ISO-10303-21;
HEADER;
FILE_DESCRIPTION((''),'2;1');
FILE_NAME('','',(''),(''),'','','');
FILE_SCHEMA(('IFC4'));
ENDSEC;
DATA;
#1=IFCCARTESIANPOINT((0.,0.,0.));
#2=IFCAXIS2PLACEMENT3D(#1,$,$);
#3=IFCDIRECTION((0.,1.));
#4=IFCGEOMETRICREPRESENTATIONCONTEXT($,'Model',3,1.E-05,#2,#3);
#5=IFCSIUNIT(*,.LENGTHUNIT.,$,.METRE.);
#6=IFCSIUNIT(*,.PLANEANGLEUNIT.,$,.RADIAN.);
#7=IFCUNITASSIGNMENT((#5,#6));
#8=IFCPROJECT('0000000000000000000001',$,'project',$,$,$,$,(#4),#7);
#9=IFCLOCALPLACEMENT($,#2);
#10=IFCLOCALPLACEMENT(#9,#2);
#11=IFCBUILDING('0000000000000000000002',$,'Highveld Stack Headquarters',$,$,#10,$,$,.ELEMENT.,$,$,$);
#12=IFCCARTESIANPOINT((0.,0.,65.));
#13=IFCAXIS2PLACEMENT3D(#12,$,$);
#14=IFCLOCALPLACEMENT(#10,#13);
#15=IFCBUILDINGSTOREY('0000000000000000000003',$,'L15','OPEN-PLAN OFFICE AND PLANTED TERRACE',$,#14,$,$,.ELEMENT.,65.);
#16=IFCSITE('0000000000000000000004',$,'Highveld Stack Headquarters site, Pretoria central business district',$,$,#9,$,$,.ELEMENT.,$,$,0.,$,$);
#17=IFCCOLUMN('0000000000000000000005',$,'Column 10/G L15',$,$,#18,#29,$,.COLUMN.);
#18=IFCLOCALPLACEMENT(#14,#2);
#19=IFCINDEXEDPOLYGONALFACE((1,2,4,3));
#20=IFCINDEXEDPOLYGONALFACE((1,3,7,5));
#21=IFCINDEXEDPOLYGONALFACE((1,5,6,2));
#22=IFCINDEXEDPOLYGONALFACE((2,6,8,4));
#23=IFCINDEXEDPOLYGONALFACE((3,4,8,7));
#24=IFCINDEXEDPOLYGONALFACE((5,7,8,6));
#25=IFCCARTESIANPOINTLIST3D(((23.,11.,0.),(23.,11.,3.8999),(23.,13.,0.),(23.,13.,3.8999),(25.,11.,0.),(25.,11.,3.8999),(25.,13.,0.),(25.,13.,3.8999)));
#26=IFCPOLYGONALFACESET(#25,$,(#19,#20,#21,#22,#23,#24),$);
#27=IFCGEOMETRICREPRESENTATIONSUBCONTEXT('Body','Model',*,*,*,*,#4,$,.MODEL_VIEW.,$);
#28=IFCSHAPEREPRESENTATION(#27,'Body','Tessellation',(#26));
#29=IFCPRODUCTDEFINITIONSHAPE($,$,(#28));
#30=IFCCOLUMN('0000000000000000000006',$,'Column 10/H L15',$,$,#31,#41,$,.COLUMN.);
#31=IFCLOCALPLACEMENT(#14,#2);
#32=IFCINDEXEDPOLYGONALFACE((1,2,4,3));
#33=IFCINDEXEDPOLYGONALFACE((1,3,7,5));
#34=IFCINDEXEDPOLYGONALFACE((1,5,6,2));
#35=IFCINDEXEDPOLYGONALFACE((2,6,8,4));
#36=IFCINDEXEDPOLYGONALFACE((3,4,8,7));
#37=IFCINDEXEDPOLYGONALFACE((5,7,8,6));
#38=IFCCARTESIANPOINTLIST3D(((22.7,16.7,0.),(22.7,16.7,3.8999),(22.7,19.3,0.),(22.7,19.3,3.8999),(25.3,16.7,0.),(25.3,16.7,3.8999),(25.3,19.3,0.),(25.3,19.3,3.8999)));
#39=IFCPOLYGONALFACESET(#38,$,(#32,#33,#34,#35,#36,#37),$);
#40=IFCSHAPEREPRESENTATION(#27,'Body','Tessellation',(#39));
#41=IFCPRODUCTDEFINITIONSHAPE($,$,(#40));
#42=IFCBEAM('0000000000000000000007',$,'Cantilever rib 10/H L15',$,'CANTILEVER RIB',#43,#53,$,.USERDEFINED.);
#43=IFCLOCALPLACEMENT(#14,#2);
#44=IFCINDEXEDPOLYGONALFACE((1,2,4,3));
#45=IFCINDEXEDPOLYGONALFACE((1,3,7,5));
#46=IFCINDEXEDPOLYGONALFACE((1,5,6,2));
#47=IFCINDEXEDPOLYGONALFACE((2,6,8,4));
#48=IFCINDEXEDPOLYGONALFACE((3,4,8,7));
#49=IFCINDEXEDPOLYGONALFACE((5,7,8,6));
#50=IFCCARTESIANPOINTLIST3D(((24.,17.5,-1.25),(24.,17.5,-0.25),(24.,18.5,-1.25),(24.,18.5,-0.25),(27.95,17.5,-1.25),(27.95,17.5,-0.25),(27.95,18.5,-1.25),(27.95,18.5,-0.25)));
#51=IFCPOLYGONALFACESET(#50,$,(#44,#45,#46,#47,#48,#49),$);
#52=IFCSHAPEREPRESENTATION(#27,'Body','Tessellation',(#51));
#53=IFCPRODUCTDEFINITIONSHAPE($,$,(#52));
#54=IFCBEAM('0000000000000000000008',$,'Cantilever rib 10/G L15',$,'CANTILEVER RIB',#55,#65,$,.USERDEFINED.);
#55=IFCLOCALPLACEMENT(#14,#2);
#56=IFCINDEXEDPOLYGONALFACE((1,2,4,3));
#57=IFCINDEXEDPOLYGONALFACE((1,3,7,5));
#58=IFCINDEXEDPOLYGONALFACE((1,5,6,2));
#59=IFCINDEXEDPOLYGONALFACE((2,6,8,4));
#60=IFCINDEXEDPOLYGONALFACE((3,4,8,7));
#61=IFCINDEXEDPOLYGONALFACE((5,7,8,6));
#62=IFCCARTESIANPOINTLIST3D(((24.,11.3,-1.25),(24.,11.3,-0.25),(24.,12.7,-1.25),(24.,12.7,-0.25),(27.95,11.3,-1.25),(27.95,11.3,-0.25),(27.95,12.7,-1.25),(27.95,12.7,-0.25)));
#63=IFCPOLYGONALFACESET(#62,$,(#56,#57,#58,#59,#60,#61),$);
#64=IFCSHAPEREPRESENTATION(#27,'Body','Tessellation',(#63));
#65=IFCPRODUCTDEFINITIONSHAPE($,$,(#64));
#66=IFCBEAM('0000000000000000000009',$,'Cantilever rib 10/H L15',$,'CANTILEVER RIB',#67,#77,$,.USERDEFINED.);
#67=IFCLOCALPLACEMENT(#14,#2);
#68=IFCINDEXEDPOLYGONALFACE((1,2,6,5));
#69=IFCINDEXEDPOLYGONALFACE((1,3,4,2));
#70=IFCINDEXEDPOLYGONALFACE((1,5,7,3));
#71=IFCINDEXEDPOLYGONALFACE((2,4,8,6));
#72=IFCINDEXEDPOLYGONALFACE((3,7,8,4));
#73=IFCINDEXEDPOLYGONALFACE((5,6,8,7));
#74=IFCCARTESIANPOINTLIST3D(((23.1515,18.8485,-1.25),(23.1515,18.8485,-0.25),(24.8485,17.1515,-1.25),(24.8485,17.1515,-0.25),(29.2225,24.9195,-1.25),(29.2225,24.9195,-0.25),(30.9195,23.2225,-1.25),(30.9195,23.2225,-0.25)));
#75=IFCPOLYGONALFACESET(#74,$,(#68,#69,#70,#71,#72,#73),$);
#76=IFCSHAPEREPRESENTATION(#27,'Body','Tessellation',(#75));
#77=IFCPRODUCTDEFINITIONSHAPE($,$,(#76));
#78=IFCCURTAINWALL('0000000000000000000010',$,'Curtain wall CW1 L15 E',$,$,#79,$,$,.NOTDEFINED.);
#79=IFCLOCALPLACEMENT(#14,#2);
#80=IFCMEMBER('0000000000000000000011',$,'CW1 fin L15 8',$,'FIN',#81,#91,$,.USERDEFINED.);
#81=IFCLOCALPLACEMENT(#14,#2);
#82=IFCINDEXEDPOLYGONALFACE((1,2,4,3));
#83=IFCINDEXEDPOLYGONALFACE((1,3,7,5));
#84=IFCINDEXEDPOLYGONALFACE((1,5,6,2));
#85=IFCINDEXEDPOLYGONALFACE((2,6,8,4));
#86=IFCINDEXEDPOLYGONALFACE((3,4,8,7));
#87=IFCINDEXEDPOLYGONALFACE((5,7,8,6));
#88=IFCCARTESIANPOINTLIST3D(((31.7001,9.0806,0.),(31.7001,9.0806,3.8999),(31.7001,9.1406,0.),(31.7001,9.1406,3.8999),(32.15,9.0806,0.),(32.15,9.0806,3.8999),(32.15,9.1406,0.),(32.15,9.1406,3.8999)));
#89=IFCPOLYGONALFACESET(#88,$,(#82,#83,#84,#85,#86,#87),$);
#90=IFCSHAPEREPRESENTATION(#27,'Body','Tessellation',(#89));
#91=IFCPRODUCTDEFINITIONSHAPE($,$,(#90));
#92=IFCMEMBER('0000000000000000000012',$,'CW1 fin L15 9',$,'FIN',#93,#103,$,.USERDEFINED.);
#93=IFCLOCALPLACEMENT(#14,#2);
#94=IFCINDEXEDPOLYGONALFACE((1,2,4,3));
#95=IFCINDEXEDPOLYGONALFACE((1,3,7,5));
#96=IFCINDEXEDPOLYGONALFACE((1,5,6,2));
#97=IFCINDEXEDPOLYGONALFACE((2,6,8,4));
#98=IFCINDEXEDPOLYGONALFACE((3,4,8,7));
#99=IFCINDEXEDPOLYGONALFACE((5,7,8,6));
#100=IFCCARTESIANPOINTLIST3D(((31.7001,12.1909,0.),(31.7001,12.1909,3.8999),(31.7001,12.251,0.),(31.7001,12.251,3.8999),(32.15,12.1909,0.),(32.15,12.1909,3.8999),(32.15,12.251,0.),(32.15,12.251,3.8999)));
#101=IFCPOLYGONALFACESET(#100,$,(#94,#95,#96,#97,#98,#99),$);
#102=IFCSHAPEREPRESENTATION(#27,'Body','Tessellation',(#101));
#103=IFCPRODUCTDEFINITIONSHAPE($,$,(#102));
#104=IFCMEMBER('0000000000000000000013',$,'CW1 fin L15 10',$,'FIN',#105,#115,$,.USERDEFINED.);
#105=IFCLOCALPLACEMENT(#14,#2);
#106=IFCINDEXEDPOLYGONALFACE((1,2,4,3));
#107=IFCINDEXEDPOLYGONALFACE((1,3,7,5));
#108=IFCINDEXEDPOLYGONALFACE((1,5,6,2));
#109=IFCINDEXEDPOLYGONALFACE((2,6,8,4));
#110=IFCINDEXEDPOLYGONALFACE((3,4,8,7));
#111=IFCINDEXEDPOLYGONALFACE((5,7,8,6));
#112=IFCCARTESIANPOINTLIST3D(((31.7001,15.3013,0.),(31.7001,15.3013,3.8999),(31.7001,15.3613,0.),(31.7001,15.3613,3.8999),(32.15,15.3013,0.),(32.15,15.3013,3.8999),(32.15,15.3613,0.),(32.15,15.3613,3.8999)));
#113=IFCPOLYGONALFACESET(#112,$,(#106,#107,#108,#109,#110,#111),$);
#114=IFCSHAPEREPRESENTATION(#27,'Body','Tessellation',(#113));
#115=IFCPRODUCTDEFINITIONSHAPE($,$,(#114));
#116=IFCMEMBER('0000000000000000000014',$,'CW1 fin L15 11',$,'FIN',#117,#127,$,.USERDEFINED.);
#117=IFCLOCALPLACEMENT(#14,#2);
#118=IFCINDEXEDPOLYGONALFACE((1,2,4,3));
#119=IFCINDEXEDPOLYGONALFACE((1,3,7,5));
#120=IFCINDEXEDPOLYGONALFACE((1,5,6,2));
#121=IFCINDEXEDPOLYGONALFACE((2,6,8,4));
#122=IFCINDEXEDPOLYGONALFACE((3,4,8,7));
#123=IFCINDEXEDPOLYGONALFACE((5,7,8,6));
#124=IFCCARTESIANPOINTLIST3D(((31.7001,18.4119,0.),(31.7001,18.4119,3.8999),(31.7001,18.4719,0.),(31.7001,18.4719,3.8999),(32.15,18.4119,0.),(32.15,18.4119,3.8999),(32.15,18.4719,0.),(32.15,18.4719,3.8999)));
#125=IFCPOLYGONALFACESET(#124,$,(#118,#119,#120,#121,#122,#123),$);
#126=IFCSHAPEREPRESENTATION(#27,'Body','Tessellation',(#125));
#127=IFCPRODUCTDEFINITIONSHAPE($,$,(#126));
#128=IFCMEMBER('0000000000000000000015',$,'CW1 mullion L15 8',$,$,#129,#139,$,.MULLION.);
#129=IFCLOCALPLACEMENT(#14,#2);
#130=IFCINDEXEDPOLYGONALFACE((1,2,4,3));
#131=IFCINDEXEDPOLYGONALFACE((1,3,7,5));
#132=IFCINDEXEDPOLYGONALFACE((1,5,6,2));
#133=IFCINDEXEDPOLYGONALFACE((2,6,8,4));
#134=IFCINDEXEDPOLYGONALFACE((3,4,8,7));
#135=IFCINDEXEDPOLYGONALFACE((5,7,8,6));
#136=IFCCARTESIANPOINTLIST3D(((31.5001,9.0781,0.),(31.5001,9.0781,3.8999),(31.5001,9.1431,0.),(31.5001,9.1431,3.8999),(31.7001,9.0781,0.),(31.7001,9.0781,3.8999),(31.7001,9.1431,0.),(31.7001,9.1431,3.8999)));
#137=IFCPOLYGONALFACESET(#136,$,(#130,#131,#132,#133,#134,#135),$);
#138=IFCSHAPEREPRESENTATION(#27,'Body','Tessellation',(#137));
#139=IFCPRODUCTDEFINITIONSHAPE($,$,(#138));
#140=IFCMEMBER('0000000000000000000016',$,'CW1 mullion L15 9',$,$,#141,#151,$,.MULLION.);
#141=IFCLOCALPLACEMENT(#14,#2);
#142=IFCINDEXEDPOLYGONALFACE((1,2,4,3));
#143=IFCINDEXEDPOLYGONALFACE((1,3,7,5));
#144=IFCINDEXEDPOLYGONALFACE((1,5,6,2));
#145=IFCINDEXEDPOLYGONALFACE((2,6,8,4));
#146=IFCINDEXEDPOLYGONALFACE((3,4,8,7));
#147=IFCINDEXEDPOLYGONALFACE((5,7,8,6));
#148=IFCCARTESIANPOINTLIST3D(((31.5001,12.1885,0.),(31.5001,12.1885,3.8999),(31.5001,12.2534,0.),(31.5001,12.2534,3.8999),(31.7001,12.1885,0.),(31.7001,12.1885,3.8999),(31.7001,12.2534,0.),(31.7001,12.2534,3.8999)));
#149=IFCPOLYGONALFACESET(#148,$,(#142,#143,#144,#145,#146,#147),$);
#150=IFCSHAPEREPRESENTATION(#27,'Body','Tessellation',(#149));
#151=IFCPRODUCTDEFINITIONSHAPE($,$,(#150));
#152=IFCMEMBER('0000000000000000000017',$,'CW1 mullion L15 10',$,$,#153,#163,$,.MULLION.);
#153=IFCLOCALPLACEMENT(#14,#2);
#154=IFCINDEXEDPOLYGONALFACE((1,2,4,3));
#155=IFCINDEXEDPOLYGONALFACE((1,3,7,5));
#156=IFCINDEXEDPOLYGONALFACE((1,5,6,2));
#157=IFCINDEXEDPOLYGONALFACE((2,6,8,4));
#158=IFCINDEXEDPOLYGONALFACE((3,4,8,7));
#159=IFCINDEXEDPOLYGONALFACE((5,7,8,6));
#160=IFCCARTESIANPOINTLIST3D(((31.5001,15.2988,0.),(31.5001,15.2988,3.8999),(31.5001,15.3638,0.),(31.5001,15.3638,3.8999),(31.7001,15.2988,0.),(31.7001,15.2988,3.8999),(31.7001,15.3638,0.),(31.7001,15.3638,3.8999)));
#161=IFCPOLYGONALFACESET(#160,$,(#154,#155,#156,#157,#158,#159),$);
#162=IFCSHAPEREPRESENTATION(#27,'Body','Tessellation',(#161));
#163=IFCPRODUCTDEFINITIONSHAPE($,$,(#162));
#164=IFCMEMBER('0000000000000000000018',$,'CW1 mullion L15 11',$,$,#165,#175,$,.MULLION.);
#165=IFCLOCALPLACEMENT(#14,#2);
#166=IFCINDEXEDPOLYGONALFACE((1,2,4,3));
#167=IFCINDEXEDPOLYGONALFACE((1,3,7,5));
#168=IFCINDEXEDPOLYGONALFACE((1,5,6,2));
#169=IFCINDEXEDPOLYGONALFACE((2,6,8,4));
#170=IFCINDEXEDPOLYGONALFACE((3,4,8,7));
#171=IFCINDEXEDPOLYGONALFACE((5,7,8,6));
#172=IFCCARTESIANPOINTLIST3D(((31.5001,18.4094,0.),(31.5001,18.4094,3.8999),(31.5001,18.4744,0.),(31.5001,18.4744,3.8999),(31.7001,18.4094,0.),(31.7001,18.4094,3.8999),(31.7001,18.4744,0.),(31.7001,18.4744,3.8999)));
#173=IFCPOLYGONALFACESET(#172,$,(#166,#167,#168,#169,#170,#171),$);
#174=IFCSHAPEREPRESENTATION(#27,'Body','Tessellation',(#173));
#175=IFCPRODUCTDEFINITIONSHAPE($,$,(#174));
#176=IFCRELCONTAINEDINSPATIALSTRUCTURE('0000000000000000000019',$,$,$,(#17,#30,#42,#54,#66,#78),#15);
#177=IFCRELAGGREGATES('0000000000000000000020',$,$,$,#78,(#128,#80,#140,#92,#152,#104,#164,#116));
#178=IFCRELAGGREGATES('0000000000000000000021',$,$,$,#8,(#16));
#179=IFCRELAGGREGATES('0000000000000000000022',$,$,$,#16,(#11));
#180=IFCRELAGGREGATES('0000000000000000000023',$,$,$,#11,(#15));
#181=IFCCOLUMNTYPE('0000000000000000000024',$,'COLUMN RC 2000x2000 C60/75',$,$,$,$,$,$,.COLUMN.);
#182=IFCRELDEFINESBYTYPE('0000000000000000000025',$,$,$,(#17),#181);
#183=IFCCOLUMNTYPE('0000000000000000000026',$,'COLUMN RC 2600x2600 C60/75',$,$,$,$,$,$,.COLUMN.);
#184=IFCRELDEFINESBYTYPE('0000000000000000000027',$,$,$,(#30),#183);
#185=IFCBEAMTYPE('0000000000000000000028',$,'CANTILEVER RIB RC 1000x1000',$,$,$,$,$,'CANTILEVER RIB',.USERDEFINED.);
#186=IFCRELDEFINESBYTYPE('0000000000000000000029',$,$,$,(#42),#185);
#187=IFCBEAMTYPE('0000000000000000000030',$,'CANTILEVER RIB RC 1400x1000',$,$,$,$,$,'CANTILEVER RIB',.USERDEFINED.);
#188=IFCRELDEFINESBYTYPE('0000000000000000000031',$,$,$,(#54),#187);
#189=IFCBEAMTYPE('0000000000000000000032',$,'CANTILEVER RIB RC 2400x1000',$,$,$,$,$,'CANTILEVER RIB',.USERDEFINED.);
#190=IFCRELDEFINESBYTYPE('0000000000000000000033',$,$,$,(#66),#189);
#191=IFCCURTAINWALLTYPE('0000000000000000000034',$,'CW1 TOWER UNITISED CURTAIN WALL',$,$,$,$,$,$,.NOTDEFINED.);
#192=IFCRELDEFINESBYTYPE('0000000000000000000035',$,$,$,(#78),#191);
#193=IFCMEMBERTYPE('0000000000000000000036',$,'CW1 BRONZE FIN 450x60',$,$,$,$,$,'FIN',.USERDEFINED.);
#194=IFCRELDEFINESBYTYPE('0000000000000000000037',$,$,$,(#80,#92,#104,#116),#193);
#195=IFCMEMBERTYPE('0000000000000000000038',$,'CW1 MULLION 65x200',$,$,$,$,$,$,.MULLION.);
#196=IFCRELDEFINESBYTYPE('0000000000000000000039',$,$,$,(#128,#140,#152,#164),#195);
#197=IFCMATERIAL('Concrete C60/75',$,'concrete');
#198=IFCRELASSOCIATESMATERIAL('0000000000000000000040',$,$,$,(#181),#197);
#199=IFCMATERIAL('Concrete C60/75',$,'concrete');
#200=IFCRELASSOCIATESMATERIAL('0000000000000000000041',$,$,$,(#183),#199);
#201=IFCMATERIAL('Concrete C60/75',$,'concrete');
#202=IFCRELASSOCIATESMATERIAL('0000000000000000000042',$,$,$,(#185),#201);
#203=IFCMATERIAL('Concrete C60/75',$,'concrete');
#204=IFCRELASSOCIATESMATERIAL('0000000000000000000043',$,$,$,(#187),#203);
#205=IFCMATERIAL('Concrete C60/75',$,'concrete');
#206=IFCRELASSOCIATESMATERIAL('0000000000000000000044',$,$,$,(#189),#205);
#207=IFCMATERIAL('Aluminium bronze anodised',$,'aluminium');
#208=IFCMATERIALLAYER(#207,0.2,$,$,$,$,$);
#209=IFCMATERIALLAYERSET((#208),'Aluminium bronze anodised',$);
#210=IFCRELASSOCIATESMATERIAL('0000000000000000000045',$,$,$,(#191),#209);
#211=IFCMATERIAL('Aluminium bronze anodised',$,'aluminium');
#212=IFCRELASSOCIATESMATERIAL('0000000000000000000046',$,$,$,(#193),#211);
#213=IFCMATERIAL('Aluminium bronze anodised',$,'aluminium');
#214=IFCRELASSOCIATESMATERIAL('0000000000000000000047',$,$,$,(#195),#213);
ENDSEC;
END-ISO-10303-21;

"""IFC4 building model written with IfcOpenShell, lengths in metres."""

from ifc_helpers import new_model, si_unit, direction, frame, origin, origin_2d, place, context, subcontext, project, spatial, rectangle, extrude, material, layer, layer_set, material_profile, profile_set, type_object, element, aggregate, save


model = new_model("IFC4")

# Units and contexts
model_context = context("Model", 3, precision=1e-05, world=origin(), true_north=direction((0.0, 1.0)))
body_context = subcontext(model_context, "Body", "Model", "MODEL_VIEW")
ifc_project = project(units=[si_unit("LENGTHUNIT", "METRE"), si_unit("PLANEANGLEUNIT", "RADIAN")], contexts=[model_context])

# Site, building, storey
site_placement = place(None, origin())
site = spatial("IfcSite", under=ifc_project, at=site_placement, Name="Highveld Stack Headquarters site, Pretoria central business district", CompositionType="ELEMENT", RefElevation=0.0)
building_placement = place(site_placement, origin())
building = spatial("IfcBuilding", under=site, at=building_placement, Name="Highveld Stack Headquarters", CompositionType="ELEMENT")
storey_placement = place(building_placement, frame((0.0, 0.0, 65.0)))
storey = spatial("IfcBuildingStorey", under=building, at=storey_placement, Name="L15", Description="OPEN-PLAN OFFICE AND PLANTED TERRACE", CompositionType="ELEMENT", Elevation=65.0)

# Columns
ifc_material_1 = material(Name="Concrete C60/75", Category="concrete")
ifc_material_profile_1 = material_profile(ifc_material_1, rectangle(XDim=2.0, YDim=2.0, at=origin_2d()), Name="RC 2000x2000")
ifc_profile_set_1 = profile_set([ifc_material_profile_1], Name="Concrete C60/75")
column_type_1 = type_object("IfcColumnType", Name="COLUMN RC 2000x2000 C60/75", PredefinedType="COLUMN", material=ifc_profile_set_1)
column_1_placement = place(storey_placement, frame((24.0, 12.0, 0.0), z_axis=(0.0, 0.0, 1.0), x_axis=(1.0, 0.0, 0.0)))
element("IfcColumn", 1, at=column_1_placement, inside=storey, type_object=column_type_1, Name="Column 10/G L15", PredefinedType="COLUMN", context=body_context, shape_type="SweptSolid", body=[
    extrude(rectangle(XDim=2.0, YDim=2.0, at=origin_2d()), origin(), (0.0, 0.0, 1.0), 3.8999),
])
ifc_material_2 = material(Name="Concrete C60/75", Category="concrete")
ifc_material_profile_2 = material_profile(ifc_material_2, rectangle(XDim=2.6001, YDim=2.6001, at=origin_2d()), Name="RC 2600x2600")
ifc_profile_set_2 = profile_set([ifc_material_profile_2], Name="Concrete C60/75")
column_type_2 = type_object("IfcColumnType", Name="COLUMN RC 2600x2600 C60/75", PredefinedType="COLUMN", material=ifc_profile_set_2)
column_2_placement = place(storey_placement, frame((24.0, 18.0, 0.0), z_axis=(0.0, 0.0, 1.0), x_axis=(1.0, 0.0, 0.0)))
element("IfcColumn", 2, at=column_2_placement, inside=storey, type_object=column_type_2, Name="Column 10/H L15", PredefinedType="COLUMN", context=body_context, shape_type="SweptSolid", body=[
    extrude(rectangle(XDim=2.6001, YDim=2.6001, at=origin_2d()), origin(), (0.0, 0.0, 1.0), 3.8999),
])

# Beams
ifc_material_3 = material(Name="Concrete C60/75", Category="concrete")
ifc_material_profile_3 = material_profile(ifc_material_3, rectangle(XDim=1.0, YDim=1.0, at=origin_2d()), Name="RC 1000x1000")
ifc_profile_set_3 = profile_set([ifc_material_profile_3], Name="Concrete C60/75")
beam_type_1 = type_object("IfcBeamType", Name="CANTILEVER RIB RC 1000x1000", ElementType="CANTILEVER RIB", PredefinedType="USERDEFINED", material=ifc_profile_set_3)
beam_1_placement = place(storey_placement, frame((24.0, 18.0, -0.75), z_axis=(1.0, 0.0, 0.0), x_axis=(0.0, 1.0, 0.0)))
element("IfcBeam", 3, at=beam_1_placement, inside=storey, type_object=beam_type_1, Name="Cantilever rib 10/H L15", ObjectType="CANTILEVER RIB", PredefinedType="USERDEFINED", context=body_context, shape_type="SweptSolid", body=[
    extrude(rectangle(XDim=1.0, YDim=1.0, at=origin_2d()), origin(), (0.0, 0.0, 1.0), 3.95),
])
ifc_material_4 = material(Name="Concrete C60/75", Category="concrete")
ifc_material_profile_4 = material_profile(ifc_material_4, rectangle(XDim=1.3999, YDim=1.0, at=origin_2d()), Name="RC 1400x1000")
ifc_profile_set_4 = profile_set([ifc_material_profile_4], Name="Concrete C60/75")
beam_type_2 = type_object("IfcBeamType", Name="CANTILEVER RIB RC 1400x1000", ElementType="CANTILEVER RIB", PredefinedType="USERDEFINED", material=ifc_profile_set_4)
beam_2_placement = place(storey_placement, frame((24.0, 12.0, -0.75), z_axis=(1.0, 0.0, 0.0), x_axis=(0.0, 1.0, 0.0)))
element("IfcBeam", 4, at=beam_2_placement, inside=storey, type_object=beam_type_2, Name="Cantilever rib 10/G L15", ObjectType="CANTILEVER RIB", PredefinedType="USERDEFINED", context=body_context, shape_type="SweptSolid", body=[
    extrude(rectangle(XDim=1.3999, YDim=1.0, at=origin_2d()), origin(), (0.0, 0.0, 1.0), 3.95),
])
ifc_material_5 = material(Name="Concrete C60/75", Category="concrete")
ifc_material_profile_5 = material_profile(ifc_material_5, rectangle(XDim=2.3999, YDim=1.0, at=origin_2d()), Name="RC 2400x1000")
ifc_profile_set_5 = profile_set([ifc_material_profile_5], Name="Concrete C60/75")
beam_type_3 = type_object("IfcBeamType", Name="CANTILEVER RIB RC 2400x1000", ElementType="CANTILEVER RIB", PredefinedType="USERDEFINED", material=ifc_profile_set_5)
beam_3_placement = place(storey_placement, frame((24.0, 18.0, -0.75), z_axis=(0.707107, 0.707107, 0.0), x_axis=(-0.707107, 0.707107, 0.0)))
element("IfcBeam", 5, at=beam_3_placement, inside=storey, type_object=beam_type_3, Name="Cantilever rib 10/H L15", ObjectType="CANTILEVER RIB", PredefinedType="USERDEFINED", context=body_context, shape_type="SweptSolid", body=[
    extrude(rectangle(XDim=2.3999, YDim=1.0, at=origin_2d()), origin(), (0.0, 0.0, 1.0), 8.5857),
])

# Curtain wall, members
ifc_material_6 = material(Name="Aluminium bronze anodised", Category="aluminium")
ifc_layer_1 = layer(ifc_material_6, 0.2)
ifc_layer_set_1 = layer_set([ifc_layer_1], Name="Aluminium bronze anodised")
curtain_wall_type = type_object("IfcCurtainWallType", Name="CW1 TOWER UNITISED CURTAIN WALL", PredefinedType="NOTDEFINED", material=ifc_layer_set_1)
curtain_wall_placement = place(storey_placement, origin())
curtain_wall = element("IfcCurtainWall", 6, at=curtain_wall_placement, inside=storey, type_object=curtain_wall_type, Name="Curtain wall CW1 L15 E", PredefinedType="NOTDEFINED")
ifc_material_7 = material(Name="Aluminium bronze anodised", Category="aluminium")
ifc_material_profile_6 = material_profile(ifc_material_7, rectangle(XDim=0.45, YDim=0.0601, at=origin_2d()), Name="FIN 450x60")
ifc_profile_set_6 = profile_set([ifc_material_profile_6], Name="Aluminium bronze anodised")
member_type_1 = type_object("IfcMemberType", Name="CW1 BRONZE FIN 450x60", ElementType="FIN", PredefinedType="USERDEFINED", material=ifc_profile_set_6)
member_1_placement = place(storey_placement, frame((31.925, 9.1106, 0.0), z_axis=(0.0, 0.0, 1.0), x_axis=(-1.0, 0.0, 0.0)))
member_1 = element("IfcMember", 7, at=member_1_placement, type_object=member_type_1, Name="CW1 fin L15 8", ObjectType="FIN", PredefinedType="USERDEFINED", context=body_context, shape_type="SweptSolid", body=[
    extrude(rectangle(XDim=0.45, YDim=0.0601, at=origin_2d()), origin(), (0.0, 0.0, 1.0), 3.8999),
])
member_2_placement = place(storey_placement, frame((31.925, 12.2209, 0.0), z_axis=(0.0, 0.0, 1.0), x_axis=(-1.0, 0.0, 0.0)))
member_2 = element("IfcMember", 8, at=member_2_placement, type_object=member_type_1, Name="CW1 fin L15 9", ObjectType="FIN", PredefinedType="USERDEFINED", context=body_context, shape_type="SweptSolid", body=[
    extrude(rectangle(XDim=0.45, YDim=0.0601, at=origin_2d()), origin(), (0.0, 0.0, 1.0), 3.8999),
])
member_3_placement = place(storey_placement, frame((31.925, 15.3313, 0.0), z_axis=(0.0, 0.0, 1.0), x_axis=(-1.0, 0.0, 0.0)))
member_3 = element("IfcMember", 9, at=member_3_placement, type_object=member_type_1, Name="CW1 fin L15 10", ObjectType="FIN", PredefinedType="USERDEFINED", context=body_context, shape_type="SweptSolid", body=[
    extrude(rectangle(XDim=0.45, YDim=0.0601, at=origin_2d()), origin(), (0.0, 0.0, 1.0), 3.8999),
])
member_4_placement = place(storey_placement, frame((31.925, 18.4419, 0.0), z_axis=(0.0, 0.0, 1.0), x_axis=(-1.0, 0.0, 0.0)))
member_4 = element("IfcMember", 10, at=member_4_placement, type_object=member_type_1, Name="CW1 fin L15 11", ObjectType="FIN", PredefinedType="USERDEFINED", context=body_context, shape_type="SweptSolid", body=[
    extrude(rectangle(XDim=0.45, YDim=0.0601, at=origin_2d()), origin(), (0.0, 0.0, 1.0), 3.8999),
])
ifc_material_8 = material(Name="Aluminium bronze anodised", Category="aluminium")
ifc_material_profile_7 = material_profile(ifc_material_8, rectangle(XDim=0.2, YDim=0.0649, at=origin_2d()), Name="CW1 MULLION 65x200")
ifc_profile_set_7 = profile_set([ifc_material_profile_7], Name="Aluminium bronze anodised")
member_type_2 = type_object("IfcMemberType", Name="CW1 MULLION 65x200", PredefinedType="MULLION", material=ifc_profile_set_7)
member_5_placement = place(storey_placement, frame((31.6001, 9.1106, 0.0), z_axis=(0.0, 0.0, 1.0), x_axis=(-1.0, 0.0, 0.0)))
member_5 = element("IfcMember", 11, at=member_5_placement, type_object=member_type_2, Name="CW1 mullion L15 8", PredefinedType="MULLION", context=body_context, shape_type="SweptSolid", body=[
    extrude(rectangle(XDim=0.2, YDim=0.0649, at=origin_2d()), origin(), (0.0, 0.0, 1.0), 3.8999),
])
member_6_placement = place(storey_placement, frame((31.6001, 12.2209, 0.0), z_axis=(0.0, 0.0, 1.0), x_axis=(-1.0, 0.0, 0.0)))
member_6 = element("IfcMember", 12, at=member_6_placement, type_object=member_type_2, Name="CW1 mullion L15 9", PredefinedType="MULLION", context=body_context, shape_type="SweptSolid", body=[
    extrude(rectangle(XDim=0.2, YDim=0.0649, at=origin_2d()), origin(), (0.0, 0.0, 1.0), 3.8999),
])
member_7_placement = place(storey_placement, frame((31.6001, 15.3313, 0.0), z_axis=(0.0, 0.0, 1.0), x_axis=(-1.0, 0.0, 0.0)))
member_7 = element("IfcMember", 13, at=member_7_placement, type_object=member_type_2, Name="CW1 mullion L15 10", PredefinedType="MULLION", context=body_context, shape_type="SweptSolid", body=[
    extrude(rectangle(XDim=0.2, YDim=0.0649, at=origin_2d()), origin(), (0.0, 0.0, 1.0), 3.8999),
])
member_8_placement = place(storey_placement, frame((31.6001, 18.4419, 0.0), z_axis=(0.0, 0.0, 1.0), x_axis=(-1.0, 0.0, 0.0)))
member_8 = element("IfcMember", 14, at=member_8_placement, type_object=member_type_2, Name="CW1 mullion L15 11", PredefinedType="MULLION", context=body_context, shape_type="SweptSolid", body=[
    extrude(rectangle(XDim=0.2, YDim=0.0649, at=origin_2d()), origin(), (0.0, 0.0, 1.0), 3.8999),
])

aggregate(curtain_wall, [member_5, member_1, member_6, member_2, member_7, member_3, member_8, member_4])

save(model, "model.ifc")
